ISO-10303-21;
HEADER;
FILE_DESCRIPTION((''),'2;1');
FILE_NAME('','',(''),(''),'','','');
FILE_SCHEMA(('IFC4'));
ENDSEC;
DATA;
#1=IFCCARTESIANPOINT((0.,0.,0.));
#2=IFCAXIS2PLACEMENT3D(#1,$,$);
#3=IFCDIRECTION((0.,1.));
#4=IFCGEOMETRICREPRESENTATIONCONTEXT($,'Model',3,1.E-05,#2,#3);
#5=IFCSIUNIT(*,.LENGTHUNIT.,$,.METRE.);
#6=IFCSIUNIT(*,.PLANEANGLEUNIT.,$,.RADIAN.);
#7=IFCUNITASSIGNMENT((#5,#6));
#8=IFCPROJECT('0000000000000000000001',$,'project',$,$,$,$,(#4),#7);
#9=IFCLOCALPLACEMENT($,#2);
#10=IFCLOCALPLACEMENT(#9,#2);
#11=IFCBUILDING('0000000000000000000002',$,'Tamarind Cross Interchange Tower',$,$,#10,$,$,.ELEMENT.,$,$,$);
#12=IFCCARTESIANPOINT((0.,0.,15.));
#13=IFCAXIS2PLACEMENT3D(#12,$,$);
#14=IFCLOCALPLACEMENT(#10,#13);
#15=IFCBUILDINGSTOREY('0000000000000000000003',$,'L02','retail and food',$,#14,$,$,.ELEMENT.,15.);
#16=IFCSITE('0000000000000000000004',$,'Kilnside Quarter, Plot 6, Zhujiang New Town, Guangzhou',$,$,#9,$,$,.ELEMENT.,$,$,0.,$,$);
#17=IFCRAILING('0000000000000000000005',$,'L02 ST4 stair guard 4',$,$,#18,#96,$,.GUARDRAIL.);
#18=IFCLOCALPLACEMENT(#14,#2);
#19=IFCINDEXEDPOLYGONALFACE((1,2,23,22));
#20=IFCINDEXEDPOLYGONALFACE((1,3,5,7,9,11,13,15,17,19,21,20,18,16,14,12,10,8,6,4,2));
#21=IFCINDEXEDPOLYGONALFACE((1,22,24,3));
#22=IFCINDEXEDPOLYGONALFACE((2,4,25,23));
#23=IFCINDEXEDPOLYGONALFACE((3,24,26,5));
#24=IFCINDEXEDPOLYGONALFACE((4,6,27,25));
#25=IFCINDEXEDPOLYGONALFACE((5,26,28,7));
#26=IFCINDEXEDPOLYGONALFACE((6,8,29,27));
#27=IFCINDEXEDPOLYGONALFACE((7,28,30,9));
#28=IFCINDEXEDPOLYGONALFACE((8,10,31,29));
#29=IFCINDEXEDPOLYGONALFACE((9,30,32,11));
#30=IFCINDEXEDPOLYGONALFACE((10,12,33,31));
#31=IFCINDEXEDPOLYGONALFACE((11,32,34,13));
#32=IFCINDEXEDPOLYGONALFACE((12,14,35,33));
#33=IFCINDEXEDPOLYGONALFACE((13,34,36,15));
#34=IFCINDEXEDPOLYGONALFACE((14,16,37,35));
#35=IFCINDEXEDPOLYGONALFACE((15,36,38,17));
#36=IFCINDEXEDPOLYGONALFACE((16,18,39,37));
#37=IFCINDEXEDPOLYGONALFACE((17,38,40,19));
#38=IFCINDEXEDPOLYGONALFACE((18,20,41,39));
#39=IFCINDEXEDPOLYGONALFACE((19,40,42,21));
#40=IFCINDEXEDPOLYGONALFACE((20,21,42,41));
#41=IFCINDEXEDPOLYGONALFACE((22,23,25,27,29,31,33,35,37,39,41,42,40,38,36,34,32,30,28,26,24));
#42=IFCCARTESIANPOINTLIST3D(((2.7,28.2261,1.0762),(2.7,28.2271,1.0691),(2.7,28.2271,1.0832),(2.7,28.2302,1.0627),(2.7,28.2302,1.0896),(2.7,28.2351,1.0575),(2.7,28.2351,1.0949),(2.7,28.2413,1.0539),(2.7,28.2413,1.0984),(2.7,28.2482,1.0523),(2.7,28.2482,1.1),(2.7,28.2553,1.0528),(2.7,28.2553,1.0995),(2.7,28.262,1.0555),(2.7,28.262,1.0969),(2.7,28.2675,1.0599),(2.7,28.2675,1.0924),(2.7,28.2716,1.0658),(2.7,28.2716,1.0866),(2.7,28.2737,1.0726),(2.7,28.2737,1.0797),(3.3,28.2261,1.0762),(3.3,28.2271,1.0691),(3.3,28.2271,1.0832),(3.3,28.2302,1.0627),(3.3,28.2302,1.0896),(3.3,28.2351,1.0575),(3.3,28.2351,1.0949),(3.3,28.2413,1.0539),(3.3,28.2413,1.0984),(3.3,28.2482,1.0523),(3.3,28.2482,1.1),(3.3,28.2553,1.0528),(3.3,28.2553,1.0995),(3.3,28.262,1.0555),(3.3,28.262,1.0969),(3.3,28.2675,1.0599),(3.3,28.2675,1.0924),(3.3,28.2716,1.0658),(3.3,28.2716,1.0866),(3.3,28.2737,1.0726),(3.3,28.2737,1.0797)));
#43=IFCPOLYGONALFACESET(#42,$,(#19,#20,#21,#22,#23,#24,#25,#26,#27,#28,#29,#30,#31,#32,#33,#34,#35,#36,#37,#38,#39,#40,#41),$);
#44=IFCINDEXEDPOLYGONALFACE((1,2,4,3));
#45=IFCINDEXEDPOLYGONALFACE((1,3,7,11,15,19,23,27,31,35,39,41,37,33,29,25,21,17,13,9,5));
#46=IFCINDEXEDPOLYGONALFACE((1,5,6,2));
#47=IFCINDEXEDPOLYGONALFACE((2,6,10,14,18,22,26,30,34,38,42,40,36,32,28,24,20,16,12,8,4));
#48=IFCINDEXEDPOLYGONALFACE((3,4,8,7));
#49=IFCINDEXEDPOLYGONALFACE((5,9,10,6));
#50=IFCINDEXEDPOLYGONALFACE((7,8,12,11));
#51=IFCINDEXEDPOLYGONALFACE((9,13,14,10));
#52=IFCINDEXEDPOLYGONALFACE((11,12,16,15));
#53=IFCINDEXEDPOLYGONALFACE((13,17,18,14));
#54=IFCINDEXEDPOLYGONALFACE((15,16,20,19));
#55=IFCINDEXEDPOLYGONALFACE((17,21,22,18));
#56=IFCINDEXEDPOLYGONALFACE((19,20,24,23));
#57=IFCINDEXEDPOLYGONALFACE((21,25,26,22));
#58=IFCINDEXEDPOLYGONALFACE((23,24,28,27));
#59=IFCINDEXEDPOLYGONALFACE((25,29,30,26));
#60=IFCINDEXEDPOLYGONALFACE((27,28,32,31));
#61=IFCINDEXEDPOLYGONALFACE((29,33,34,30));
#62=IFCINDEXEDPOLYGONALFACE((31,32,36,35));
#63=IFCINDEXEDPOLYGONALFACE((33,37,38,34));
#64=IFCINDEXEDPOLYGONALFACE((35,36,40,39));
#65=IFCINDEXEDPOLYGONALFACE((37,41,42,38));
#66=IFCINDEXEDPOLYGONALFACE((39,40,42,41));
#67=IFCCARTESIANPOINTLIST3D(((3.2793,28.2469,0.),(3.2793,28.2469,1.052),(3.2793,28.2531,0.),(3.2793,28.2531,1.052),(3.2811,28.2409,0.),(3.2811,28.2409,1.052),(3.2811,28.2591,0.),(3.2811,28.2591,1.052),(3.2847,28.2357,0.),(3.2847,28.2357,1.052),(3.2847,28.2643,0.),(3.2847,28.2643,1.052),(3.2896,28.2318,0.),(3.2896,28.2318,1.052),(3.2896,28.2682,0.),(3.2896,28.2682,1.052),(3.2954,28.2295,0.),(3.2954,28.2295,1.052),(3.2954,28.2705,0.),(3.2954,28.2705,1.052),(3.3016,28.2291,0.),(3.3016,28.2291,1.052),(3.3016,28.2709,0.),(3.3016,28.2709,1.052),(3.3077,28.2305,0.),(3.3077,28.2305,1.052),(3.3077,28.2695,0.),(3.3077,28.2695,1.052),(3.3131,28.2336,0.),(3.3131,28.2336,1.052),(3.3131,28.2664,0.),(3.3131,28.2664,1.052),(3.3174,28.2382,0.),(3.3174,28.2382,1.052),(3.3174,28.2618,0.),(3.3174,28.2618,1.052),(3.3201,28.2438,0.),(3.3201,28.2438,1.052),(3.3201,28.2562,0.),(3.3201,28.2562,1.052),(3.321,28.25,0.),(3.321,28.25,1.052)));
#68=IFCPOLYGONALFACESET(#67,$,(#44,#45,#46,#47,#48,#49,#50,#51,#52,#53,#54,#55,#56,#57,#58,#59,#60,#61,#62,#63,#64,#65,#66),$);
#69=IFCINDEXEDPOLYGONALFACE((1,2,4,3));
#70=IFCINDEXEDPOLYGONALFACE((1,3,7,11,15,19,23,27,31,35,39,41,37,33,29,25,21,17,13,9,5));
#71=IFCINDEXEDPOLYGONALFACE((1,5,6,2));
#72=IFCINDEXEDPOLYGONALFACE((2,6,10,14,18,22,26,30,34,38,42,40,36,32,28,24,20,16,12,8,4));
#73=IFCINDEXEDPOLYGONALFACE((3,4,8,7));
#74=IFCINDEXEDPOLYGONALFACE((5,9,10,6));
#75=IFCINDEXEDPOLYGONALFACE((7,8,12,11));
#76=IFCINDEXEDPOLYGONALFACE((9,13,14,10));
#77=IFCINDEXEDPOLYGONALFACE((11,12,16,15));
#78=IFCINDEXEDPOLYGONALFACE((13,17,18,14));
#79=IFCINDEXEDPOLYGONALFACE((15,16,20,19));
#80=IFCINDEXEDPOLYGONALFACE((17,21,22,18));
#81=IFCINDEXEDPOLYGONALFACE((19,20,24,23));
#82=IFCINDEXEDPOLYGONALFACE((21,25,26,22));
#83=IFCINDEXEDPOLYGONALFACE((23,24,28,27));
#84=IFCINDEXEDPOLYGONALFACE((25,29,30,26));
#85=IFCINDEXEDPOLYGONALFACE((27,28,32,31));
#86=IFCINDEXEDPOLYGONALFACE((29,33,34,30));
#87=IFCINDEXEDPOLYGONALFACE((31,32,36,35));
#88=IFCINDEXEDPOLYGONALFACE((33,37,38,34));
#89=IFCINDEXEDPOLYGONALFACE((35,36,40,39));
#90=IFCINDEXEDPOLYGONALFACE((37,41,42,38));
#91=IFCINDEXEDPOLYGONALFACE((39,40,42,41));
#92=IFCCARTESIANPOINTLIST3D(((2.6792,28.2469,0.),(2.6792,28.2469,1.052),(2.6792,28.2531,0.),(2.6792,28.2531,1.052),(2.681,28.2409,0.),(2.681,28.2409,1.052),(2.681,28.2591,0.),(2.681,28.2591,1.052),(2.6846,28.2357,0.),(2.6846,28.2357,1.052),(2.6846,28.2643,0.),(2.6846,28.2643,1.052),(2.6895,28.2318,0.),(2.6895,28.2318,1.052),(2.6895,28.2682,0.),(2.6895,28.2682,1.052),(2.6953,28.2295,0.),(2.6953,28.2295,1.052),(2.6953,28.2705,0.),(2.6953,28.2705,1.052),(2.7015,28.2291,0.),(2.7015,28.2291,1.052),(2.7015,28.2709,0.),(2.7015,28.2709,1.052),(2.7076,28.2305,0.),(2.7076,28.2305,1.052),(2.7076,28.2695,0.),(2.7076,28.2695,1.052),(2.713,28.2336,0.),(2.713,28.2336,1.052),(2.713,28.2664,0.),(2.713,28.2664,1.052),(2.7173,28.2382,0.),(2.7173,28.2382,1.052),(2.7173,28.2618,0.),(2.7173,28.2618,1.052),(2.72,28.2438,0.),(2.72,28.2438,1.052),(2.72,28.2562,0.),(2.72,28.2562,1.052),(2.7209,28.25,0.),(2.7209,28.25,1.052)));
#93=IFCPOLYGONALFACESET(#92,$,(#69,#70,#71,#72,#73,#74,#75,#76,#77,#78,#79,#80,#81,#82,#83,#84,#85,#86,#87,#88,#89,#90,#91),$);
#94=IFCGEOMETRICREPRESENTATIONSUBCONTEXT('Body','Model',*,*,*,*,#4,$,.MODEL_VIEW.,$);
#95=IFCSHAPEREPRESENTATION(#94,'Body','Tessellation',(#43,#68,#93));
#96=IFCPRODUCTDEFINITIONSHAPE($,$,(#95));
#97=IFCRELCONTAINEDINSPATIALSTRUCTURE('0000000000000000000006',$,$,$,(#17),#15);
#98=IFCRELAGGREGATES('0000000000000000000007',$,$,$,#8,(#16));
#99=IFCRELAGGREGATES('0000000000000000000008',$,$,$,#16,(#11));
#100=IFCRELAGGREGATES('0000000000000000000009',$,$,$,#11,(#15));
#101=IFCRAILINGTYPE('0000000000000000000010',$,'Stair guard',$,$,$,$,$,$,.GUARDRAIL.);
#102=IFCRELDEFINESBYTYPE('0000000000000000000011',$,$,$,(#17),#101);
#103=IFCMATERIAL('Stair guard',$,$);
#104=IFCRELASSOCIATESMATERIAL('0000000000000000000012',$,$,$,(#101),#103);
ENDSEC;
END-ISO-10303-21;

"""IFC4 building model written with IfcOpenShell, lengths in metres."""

from ifc_helpers import new_model, si_unit, direction, frame, origin, origin_2d, place, context, subcontext, project, spatial, circle, extrude, material, type_object, element, save


model = new_model("IFC4")

# Units and contexts
model_context = context("Model", 3, precision=1e-05, world=origin(), true_north=direction((0.0, 1.0)))
body_context = subcontext(model_context, "Body", "Model", "MODEL_VIEW")
ifc_project = project(units=[si_unit("LENGTHUNIT", "METRE"), si_unit("PLANEANGLEUNIT", "RADIAN")], contexts=[model_context])

# Site, building, storey
site_placement = place(None, origin())
site = spatial("IfcSite", under=ifc_project, at=site_placement, Name="Kilnside Quarter, Plot 6, Zhujiang New Town, Guangzhou", CompositionType="ELEMENT", RefElevation=0.0)
building_placement = place(site_placement, origin())
building = spatial("IfcBuilding", under=site, at=building_placement, Name="Tamarind Cross Interchange Tower", CompositionType="ELEMENT")
storey_placement = place(building_placement, frame((0.0, 0.0, 15.0)))
storey = spatial("IfcBuildingStorey", under=building, at=storey_placement, Name="L02", Description="retail and food", CompositionType="ELEMENT", Elevation=15.0)

# Railing
ifc_material_1 = material(Name="Stair guard")
railing_type_1 = type_object("IfcRailingType", Name="Stair guard", PredefinedType="GUARDRAIL", material=ifc_material_1)
railing_1_placement = place(storey_placement, frame((3.3, 28.25, 0.0)))
element("IfcRailing", 1, at=railing_1_placement, inside=storey, type_object=railing_type_1, Name="L02 ST4 stair guard 4", PredefinedType="GUARDRAIL", context=body_context, shape_type="SweptSolid", body=[
    extrude(circle(Radius=0.0239, at=origin_2d()), frame((0.0, 0.0, 1.0762), z_axis=(-1.0, 0.0, 0.0), x_axis=(0.0, -1.0, 0.0)), (0.0, 0.0, 1.0), 0.6001),
    extrude(circle(Radius=0.021, at=origin_2d()), origin(), (0.0, 0.0, 1.0), 1.052),
    extrude(circle(Radius=0.021, at=origin_2d()), frame((-0.6001, 0.0, 0.0)), (0.0, 0.0, 1.0), 1.052),
])

save(model, "model.ifc")
